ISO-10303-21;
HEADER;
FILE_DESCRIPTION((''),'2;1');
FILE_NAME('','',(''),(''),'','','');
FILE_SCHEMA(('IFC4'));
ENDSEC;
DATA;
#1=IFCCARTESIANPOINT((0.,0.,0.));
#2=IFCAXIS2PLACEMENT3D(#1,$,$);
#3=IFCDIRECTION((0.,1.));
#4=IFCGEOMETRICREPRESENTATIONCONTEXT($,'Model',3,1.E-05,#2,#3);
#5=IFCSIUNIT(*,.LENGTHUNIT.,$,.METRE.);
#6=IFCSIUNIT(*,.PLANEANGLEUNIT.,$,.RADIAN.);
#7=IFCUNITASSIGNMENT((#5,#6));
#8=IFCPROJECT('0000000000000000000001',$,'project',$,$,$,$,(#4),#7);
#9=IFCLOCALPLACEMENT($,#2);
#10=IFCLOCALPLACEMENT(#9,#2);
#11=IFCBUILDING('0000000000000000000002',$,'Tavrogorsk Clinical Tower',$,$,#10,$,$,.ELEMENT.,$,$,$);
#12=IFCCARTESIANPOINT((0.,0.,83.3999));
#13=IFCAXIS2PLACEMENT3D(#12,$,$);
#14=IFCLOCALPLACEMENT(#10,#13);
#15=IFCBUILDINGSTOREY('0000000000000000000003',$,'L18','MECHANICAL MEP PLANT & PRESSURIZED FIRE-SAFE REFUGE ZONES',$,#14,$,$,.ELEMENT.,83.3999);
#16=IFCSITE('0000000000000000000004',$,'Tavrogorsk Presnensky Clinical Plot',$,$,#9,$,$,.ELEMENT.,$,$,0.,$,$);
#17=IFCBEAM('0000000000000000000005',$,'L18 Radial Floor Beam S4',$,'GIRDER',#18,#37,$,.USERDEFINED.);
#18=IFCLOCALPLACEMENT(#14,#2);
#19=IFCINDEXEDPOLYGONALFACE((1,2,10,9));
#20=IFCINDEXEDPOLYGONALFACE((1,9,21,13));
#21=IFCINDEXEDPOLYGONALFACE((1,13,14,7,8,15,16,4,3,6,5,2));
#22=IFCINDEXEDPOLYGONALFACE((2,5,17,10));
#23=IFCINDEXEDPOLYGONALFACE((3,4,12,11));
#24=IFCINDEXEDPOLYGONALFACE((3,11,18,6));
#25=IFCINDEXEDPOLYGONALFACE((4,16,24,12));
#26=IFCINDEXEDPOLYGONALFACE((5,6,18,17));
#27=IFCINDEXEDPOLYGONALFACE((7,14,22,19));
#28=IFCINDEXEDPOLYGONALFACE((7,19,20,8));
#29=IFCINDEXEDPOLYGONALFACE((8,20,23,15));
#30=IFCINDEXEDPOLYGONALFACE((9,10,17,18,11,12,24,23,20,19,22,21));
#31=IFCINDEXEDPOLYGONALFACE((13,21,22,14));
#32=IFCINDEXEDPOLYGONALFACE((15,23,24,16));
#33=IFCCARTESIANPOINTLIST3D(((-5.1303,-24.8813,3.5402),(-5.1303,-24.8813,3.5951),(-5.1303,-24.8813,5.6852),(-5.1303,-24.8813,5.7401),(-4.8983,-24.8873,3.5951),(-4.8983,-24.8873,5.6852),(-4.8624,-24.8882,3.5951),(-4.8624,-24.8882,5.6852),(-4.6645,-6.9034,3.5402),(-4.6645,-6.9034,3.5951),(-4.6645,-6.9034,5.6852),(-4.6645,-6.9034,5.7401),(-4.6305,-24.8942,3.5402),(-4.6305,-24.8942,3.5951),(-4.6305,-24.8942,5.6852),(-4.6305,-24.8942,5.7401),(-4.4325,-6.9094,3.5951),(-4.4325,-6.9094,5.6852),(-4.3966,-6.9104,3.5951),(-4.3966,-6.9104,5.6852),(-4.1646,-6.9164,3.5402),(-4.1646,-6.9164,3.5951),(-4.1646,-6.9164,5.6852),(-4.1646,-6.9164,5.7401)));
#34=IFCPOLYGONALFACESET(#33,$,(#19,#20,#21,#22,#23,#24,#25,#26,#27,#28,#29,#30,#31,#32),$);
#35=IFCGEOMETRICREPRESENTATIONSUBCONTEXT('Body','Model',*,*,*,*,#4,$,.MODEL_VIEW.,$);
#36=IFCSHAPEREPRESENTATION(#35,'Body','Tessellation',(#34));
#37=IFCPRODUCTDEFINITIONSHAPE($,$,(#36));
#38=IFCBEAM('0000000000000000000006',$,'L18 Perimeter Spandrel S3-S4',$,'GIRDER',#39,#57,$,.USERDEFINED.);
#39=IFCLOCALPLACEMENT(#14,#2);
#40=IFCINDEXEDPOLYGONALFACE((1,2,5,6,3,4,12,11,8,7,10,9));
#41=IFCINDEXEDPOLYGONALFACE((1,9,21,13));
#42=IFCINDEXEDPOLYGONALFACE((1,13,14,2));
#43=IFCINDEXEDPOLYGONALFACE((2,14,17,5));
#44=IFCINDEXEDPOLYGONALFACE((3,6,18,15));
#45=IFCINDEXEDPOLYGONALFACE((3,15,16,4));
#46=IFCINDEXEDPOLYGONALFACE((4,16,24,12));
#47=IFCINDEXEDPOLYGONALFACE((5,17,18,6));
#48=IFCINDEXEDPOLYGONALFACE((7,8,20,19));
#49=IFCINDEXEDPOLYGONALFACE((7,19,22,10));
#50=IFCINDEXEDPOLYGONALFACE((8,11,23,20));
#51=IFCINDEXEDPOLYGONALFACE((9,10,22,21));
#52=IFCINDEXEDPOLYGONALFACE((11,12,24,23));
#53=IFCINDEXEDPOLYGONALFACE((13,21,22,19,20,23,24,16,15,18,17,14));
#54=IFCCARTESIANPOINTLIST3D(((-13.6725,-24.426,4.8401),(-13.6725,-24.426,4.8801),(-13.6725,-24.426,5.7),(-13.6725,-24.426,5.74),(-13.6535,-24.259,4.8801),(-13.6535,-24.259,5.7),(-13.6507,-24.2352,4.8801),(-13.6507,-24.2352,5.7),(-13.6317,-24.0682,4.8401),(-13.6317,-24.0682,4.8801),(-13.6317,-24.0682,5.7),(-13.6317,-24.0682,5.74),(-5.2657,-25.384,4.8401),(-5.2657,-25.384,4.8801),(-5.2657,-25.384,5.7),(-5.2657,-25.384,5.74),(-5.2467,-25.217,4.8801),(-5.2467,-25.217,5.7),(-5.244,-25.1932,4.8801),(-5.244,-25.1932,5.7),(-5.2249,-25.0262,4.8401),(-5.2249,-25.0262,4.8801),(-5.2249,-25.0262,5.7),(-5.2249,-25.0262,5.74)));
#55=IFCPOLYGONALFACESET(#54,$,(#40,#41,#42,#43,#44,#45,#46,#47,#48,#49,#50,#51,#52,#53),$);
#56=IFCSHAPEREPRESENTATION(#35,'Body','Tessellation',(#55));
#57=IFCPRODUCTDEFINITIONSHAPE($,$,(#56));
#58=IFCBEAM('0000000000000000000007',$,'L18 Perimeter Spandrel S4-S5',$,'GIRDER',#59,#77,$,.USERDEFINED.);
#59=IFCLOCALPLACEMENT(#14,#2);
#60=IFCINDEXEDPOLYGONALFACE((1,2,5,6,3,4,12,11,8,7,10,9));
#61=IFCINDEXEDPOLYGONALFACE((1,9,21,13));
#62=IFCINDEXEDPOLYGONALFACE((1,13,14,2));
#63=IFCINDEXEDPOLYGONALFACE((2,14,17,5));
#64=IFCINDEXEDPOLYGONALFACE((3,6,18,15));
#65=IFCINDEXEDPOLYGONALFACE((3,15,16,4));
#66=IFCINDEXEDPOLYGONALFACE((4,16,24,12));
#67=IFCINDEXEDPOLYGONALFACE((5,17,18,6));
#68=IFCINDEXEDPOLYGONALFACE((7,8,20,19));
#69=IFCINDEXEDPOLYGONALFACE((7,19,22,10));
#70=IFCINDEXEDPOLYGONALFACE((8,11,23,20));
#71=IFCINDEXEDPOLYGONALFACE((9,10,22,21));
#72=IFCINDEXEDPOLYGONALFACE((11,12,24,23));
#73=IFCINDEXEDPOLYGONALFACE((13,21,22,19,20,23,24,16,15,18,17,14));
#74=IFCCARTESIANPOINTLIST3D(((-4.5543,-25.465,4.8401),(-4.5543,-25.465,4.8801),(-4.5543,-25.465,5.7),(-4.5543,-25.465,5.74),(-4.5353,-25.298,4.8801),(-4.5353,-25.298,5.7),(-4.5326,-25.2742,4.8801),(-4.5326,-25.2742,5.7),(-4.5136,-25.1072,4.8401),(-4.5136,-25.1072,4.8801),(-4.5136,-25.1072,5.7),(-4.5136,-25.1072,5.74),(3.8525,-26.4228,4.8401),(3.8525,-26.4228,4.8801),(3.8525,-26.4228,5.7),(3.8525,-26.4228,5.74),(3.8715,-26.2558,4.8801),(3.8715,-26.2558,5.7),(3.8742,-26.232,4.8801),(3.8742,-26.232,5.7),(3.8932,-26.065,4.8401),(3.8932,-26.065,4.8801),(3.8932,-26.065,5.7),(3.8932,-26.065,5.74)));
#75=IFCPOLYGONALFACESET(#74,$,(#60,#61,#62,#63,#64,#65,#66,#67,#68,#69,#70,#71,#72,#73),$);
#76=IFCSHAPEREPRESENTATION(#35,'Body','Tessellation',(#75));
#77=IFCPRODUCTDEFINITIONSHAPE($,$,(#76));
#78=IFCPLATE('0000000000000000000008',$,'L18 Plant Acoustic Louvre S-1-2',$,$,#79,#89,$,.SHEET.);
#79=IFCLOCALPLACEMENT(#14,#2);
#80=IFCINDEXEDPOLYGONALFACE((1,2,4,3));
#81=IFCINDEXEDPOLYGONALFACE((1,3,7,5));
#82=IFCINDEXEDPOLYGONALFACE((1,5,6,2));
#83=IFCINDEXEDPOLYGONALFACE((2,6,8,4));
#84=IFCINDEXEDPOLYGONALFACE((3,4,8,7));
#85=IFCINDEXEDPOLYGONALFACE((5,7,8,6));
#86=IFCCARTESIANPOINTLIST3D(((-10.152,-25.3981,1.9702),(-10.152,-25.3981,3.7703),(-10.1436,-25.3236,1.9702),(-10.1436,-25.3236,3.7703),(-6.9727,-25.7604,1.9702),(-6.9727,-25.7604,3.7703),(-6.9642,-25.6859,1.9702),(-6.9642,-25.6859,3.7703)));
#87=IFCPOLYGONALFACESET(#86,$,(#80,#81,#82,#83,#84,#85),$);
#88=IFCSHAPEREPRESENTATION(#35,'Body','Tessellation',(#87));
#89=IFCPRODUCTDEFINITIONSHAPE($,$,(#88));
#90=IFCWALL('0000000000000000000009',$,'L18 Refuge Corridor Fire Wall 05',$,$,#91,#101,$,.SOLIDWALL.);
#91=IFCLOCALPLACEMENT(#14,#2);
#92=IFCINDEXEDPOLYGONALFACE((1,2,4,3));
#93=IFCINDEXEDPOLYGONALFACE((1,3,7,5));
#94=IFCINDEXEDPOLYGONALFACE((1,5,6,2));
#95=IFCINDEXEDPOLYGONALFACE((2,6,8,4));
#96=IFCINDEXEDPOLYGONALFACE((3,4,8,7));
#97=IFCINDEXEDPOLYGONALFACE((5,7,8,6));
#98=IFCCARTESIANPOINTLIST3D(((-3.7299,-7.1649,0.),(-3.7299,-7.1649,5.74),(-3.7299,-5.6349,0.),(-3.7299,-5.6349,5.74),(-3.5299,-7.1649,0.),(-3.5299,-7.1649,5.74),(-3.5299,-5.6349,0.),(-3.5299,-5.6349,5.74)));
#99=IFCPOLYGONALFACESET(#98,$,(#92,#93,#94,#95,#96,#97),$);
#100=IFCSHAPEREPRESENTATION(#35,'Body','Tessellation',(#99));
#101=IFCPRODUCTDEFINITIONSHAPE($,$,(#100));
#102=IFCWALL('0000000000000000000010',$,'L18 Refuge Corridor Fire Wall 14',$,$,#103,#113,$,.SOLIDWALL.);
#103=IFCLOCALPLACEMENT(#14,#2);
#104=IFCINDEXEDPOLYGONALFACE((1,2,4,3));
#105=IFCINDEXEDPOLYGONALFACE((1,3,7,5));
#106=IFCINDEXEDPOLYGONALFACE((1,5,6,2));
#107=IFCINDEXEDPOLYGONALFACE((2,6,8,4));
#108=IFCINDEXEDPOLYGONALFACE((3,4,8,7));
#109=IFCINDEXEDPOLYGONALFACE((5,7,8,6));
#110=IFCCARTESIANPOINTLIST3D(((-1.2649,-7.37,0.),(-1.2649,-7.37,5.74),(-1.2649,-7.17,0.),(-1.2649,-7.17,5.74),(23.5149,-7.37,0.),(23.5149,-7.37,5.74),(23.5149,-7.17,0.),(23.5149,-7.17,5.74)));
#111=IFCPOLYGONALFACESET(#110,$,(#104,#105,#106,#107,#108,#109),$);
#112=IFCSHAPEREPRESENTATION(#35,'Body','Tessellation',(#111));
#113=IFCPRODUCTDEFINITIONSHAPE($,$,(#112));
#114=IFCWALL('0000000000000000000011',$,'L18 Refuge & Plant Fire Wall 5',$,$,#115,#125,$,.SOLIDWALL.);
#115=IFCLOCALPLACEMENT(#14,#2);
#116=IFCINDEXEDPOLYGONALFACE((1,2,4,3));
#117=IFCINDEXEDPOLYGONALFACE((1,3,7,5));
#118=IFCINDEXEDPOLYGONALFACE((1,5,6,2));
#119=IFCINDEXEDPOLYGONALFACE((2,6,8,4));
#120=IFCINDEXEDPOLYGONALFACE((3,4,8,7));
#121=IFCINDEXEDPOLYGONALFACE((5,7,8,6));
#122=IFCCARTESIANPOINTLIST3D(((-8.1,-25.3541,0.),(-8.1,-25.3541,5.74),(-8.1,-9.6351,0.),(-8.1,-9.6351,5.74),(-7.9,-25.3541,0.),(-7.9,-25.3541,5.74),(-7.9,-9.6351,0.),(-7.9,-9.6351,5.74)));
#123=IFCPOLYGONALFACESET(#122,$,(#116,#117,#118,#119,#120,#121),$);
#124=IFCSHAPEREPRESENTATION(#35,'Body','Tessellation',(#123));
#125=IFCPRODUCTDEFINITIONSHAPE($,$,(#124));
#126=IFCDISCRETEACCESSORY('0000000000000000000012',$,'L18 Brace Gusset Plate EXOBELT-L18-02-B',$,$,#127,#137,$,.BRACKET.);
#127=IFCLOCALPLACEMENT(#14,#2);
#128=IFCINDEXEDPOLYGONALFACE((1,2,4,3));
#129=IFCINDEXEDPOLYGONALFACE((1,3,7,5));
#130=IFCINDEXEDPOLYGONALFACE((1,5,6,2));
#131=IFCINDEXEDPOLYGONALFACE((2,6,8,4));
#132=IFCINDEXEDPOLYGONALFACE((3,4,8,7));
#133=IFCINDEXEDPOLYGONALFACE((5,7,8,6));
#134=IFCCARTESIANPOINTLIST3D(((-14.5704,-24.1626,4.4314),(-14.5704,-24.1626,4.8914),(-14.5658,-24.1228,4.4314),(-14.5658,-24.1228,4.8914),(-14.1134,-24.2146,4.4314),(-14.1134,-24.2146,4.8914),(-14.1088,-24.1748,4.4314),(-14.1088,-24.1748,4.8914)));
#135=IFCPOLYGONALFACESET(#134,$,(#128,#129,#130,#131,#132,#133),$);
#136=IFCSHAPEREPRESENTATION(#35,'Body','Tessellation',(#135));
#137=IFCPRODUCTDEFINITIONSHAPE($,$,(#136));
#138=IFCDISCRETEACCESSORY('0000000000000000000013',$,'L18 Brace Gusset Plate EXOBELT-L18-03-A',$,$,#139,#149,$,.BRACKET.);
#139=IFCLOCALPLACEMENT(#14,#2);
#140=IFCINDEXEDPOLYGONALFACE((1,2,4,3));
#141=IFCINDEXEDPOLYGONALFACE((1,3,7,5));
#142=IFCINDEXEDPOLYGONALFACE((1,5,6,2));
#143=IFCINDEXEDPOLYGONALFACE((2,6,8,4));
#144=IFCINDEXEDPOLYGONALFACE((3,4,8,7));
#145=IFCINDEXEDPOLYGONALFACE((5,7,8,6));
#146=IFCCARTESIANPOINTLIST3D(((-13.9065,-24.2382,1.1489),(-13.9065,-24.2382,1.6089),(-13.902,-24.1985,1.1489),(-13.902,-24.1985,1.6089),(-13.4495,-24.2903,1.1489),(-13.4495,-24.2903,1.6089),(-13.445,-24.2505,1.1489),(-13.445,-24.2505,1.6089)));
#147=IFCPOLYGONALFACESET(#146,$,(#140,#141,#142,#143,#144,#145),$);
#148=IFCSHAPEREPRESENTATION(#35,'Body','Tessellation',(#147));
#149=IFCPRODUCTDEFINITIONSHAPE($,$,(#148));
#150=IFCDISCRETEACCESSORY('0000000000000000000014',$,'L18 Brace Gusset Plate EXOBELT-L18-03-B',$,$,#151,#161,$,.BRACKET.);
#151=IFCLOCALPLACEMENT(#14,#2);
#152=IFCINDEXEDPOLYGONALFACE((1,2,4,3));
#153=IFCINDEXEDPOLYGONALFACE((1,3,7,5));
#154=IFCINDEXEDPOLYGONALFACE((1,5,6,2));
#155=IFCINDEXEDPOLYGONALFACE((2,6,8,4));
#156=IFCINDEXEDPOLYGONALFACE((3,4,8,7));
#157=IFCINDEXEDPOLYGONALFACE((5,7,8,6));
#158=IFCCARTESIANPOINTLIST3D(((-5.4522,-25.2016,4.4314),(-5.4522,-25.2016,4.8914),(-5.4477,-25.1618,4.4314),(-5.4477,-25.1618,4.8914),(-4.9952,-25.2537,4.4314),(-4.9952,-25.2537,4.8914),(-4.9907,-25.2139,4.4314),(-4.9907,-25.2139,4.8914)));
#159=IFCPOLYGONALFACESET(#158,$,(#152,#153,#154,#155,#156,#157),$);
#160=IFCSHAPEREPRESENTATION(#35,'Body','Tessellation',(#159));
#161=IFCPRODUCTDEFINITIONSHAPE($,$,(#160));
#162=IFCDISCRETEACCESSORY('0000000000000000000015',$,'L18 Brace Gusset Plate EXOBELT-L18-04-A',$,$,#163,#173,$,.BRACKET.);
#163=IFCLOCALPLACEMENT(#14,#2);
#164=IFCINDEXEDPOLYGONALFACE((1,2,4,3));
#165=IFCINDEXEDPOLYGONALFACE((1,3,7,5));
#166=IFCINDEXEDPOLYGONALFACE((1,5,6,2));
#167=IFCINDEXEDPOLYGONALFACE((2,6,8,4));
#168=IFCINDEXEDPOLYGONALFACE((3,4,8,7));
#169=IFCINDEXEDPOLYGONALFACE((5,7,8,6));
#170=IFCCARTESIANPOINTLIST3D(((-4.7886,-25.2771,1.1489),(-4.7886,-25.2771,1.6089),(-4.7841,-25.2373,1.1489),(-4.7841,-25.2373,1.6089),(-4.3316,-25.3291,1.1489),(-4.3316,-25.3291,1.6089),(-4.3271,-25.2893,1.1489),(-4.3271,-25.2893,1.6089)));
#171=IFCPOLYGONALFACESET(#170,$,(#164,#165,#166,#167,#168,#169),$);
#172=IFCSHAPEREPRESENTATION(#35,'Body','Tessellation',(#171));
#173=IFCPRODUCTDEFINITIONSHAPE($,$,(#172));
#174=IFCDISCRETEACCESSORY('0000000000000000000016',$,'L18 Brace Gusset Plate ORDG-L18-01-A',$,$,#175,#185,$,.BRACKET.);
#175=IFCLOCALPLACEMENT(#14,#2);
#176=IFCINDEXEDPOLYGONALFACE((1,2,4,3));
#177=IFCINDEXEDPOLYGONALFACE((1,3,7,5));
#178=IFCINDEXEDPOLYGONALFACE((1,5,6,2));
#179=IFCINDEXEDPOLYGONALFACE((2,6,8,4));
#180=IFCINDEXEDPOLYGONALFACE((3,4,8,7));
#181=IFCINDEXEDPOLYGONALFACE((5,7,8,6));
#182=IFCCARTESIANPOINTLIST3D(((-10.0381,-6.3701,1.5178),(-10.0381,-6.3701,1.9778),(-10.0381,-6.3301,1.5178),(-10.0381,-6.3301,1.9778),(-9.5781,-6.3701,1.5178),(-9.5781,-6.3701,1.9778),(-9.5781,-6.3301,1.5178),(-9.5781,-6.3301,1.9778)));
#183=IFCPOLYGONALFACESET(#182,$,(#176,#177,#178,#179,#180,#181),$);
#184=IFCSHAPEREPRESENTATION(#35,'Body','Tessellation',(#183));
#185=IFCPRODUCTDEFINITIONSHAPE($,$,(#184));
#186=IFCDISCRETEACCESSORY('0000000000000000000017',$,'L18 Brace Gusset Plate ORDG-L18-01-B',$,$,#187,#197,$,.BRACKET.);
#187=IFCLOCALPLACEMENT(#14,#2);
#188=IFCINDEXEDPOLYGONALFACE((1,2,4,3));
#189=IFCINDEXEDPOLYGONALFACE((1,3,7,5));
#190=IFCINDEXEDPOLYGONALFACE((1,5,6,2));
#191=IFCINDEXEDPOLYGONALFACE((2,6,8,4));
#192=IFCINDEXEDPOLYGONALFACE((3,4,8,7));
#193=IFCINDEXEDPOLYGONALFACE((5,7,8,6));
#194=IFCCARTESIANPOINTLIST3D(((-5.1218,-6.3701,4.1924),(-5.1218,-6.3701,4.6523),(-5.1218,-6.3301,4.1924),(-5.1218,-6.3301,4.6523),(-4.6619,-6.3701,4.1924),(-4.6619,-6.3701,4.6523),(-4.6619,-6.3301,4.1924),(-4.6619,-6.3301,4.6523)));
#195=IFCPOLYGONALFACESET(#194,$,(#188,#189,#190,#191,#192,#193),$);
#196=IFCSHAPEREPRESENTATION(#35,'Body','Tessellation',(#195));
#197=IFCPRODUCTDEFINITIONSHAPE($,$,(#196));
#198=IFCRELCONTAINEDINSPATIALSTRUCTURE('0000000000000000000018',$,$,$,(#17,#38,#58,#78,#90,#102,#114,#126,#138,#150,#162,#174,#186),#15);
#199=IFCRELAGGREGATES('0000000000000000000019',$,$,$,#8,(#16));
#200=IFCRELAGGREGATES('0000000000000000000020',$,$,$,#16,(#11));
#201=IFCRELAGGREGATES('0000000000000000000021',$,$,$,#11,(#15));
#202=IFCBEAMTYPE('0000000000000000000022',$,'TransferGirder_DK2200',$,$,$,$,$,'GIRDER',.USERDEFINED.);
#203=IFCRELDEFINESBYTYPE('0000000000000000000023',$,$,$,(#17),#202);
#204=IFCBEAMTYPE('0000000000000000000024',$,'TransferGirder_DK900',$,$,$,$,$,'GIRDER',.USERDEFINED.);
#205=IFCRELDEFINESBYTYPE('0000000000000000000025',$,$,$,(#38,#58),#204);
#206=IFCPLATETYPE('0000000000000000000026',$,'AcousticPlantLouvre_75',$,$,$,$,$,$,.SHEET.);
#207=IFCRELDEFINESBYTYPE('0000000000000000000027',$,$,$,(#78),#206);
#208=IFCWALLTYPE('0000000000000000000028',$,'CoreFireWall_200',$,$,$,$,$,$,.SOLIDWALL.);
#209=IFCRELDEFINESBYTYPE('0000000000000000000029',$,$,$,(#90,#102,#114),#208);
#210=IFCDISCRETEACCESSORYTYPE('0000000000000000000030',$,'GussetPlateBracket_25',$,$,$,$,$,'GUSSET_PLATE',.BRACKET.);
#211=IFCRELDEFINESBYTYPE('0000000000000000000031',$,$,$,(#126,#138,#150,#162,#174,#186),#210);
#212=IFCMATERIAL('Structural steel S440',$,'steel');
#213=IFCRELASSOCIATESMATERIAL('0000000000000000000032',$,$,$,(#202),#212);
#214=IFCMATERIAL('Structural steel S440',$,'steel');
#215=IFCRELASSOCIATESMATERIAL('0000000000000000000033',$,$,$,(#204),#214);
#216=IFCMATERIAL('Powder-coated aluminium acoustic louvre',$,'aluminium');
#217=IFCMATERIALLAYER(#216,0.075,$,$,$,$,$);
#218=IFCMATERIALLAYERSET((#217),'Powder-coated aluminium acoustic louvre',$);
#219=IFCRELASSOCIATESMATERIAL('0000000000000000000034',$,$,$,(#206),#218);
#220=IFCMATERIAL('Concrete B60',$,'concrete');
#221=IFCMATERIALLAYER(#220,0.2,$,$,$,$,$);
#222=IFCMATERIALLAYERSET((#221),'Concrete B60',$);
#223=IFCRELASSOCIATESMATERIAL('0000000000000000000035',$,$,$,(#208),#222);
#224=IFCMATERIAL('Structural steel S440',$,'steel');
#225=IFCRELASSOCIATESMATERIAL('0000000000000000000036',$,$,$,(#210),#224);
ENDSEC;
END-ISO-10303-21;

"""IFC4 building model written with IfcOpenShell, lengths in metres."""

from ifc_helpers import new_model, si_unit, direction, frame, frame_2d, origin, origin_2d, place, context, subcontext, project, spatial, rectangle, i_section, extrude, material, layer, layer_set, material_profile, profile_set, type_object, element, save


model = new_model("IFC4")

# Units and contexts
model_context = context("Model", 3, precision=1e-05, world=origin(), true_north=direction((0.0, 1.0)))
body_context = subcontext(model_context, "Body", "Model", "MODEL_VIEW")
ifc_project = project(units=[si_unit("LENGTHUNIT", "METRE"), si_unit("PLANEANGLEUNIT", "RADIAN")], contexts=[model_context])

# Site, building, storey
site_placement = place(None, origin())
site = spatial("IfcSite", under=ifc_project, at=site_placement, Name="Tavrogorsk Presnensky Clinical Plot", CompositionType="ELEMENT", RefElevation=0.0)
building_placement = place(site_placement, origin())
building = spatial("IfcBuilding", under=site, at=building_placement, Name="Tavrogorsk Clinical Tower", CompositionType="ELEMENT")
storey_placement = place(building_placement, frame((0.0, 0.0, 83.3999)))
storey = spatial("IfcBuildingStorey", under=building, at=storey_placement, Name="L18", Description="MECHANICAL MEP PLANT & PRESSURIZED FIRE-SAFE REFUGE ZONES", CompositionType="ELEMENT", Elevation=83.3999)

# Beams
ifc_material_1 = material(Name="Structural steel S440", Category="steel")
ifc_material_profile_1 = material_profile(ifc_material_1, i_section(OverallWidth=0.5, OverallDepth=2.2, WebThickness=0.0359, FlangeThickness=0.0549, at=origin_2d()), Name="DK-2200x500x36x55")
ifc_profile_set_1 = profile_set([ifc_material_profile_1], Name="Structural steel S440")
beam_type_1 = type_object("IfcBeamType", Name="TransferGirder_DK2200", ElementType="GIRDER", PredefinedType="USERDEFINED", material=ifc_profile_set_1)
beam_1_placement = place(storey_placement, frame((-4.4146, -6.9099, 4.6401), z_axis=(-0.025902, -0.999664, 0.0), x_axis=(0.999664, -0.025902, 0.0)))
element("IfcBeam", 1, at=beam_1_placement, inside=storey, type_object=beam_type_1, Name="L18 Radial Floor Beam S4", ObjectType="GIRDER", PredefinedType="USERDEFINED", context=body_context, shape_type="SweptSolid", body=[
    extrude(i_section(OverallWidth=0.5, OverallDepth=2.2, WebThickness=0.0359, FlangeThickness=0.0549, at=origin_2d()), origin(), (0.0, 0.0, 1.0), 17.9839),
])
ifc_material_2 = material(Name="Structural steel S440", Category="steel")
ifc_material_profile_2 = material_profile(ifc_material_2, i_section(OverallWidth=0.3601, OverallDepth=0.8999, WebThickness=0.0239, FlangeThickness=0.04, at=origin_2d()), Name="DK-900x360x24x40")
ifc_profile_set_2 = profile_set([ifc_material_profile_2], Name="Structural steel S440")
beam_type_2 = type_object("IfcBeamType", Name="TransferGirder_DK900", ElementType="GIRDER", PredefinedType="USERDEFINED", material=ifc_profile_set_2)
for number, where, z_axis, x_axis, name in (
    (2, (-13.6521, -24.2471, 5.29), (0.993569, -0.113224, 0.0), (0.113224, 0.993569, 0.0), "L18 Perimeter Spandrel S3-S4"),
    (3, (-4.5339, -25.2861, 5.29), (0.993573, -0.113196, 0.0), (0.113196, 0.993573, 0.0), "L18 Perimeter Spandrel S4-S5"),
):
    element("IfcBeam", number, at=place(storey_placement, frame(where, z_axis=z_axis, x_axis=x_axis)), inside=storey, type_object=beam_type_2, Name=name, ObjectType="GIRDER", PredefinedType="USERDEFINED", context=body_context, shape_type="SweptSolid", body=[
        extrude(i_section(OverallWidth=0.3601, OverallDepth=0.8999, WebThickness=0.0239, FlangeThickness=0.04, at=origin_2d()), origin(), (0.0, 0.0, 1.0), 8.4612),
    ])

# Plate
ifc_material_3 = material(Name="Powder-coated aluminium acoustic louvre", Category="aluminium")
ifc_layer_1 = layer(ifc_material_3, 0.075)
ifc_layer_set_1 = layer_set([ifc_layer_1], Name="Powder-coated aluminium acoustic louvre")
plate_type = type_object("IfcPlateType", Name="AcousticPlantLouvre_75", PredefinedType="SHEET", material=ifc_layer_set_1)
plate_placement = place(storey_placement, frame((-8.5581, -25.542, 1.9702), z_axis=(0.0, 0.0, 1.0), x_axis=(0.993572, -0.113204, 0.0)))
element("IfcPlate", 4, at=plate_placement, inside=storey, type_object=plate_type, Name="L18 Plant Acoustic Louvre S-1-2", PredefinedType="SHEET", context=body_context, shape_type="SweptSolid", body=[
    extrude(rectangle(XDim=3.2, YDim=0.075, at=origin_2d()), origin(), (0.0, 0.0, 1.0), 1.8),
])

# Walls
ifc_material_4 = material(Name="Concrete B60", Category="concrete")
ifc_layer_2 = layer(ifc_material_4, 0.2)
ifc_layer_set_2 = layer_set([ifc_layer_2], Name="Concrete B60")
wall_type = type_object("IfcWallType", Name="CoreFireWall_200", PredefinedType="SOLIDWALL", material=ifc_layer_set_2)
wall_1_placement = place(storey_placement, frame((-3.6299, -7.165, 0.0), z_axis=(0.0, 0.0, 1.0), x_axis=(0.0, 1.0, 0.0)))
element("IfcWall", 5, at=wall_1_placement, inside=storey, type_object=wall_type, Name="L18 Refuge Corridor Fire Wall 05", PredefinedType="SOLIDWALL", context=body_context, shape_type="SweptSolid", body=[
    extrude(rectangle(XDim=1.53, YDim=0.2, at=frame_2d((0.7651, 0.0))), origin(), (0.0, 0.0, 1.0), 5.74),
])
wall_2_placement = place(storey_placement, frame((-1.2649, -7.27, 0.0), z_axis=(0.0, 0.0, 1.0), x_axis=(1.0, 0.0, 0.0)))
element("IfcWall", 6, at=wall_2_placement, inside=storey, type_object=wall_type, Name="L18 Refuge Corridor Fire Wall 14", PredefinedType="SOLIDWALL", context=body_context, shape_type="SweptSolid", body=[
    extrude(rectangle(XDim=24.7798, YDim=0.2, at=frame_2d((12.3899, 0.0))), origin(), (0.0, 0.0, 1.0), 5.74),
])
wall_3_placement = place(storey_placement, frame((-8.0, -25.354, 0.0), z_axis=(0.0, 0.0, 1.0), x_axis=(0.0, 1.0, 0.0)))
element("IfcWall", 7, at=wall_3_placement, inside=storey, type_object=wall_type, Name="L18 Refuge & Plant Fire Wall 5", PredefinedType="SOLIDWALL", context=body_context, shape_type="SweptSolid", body=[
    extrude(rectangle(XDim=15.719, YDim=0.2, at=frame_2d((7.8594, 0.0))), origin(), (0.0, 0.0, 1.0), 5.74),
])

# Discrete accessories
ifc_material_5 = material(Name="Structural steel S440", Category="steel")
discrete_accessory_type_1 = type_object("IfcDiscreteAccessoryType", Name="GussetPlateBracket_25", ElementType="GUSSET_PLATE", PredefinedType="BRACKET", material=ifc_material_5)
for number, where, z_axis, x_axis, name in (
    (8, (-14.3396, -24.1687, 4.4314), (0.0, 0.0, 1.0), (0.993572, -0.113203, 0.0), "L18 Brace Gusset Plate EXOBELT-L18-02-B"),
    (9, (-13.6758, -24.2444, 1.1489), (0.0, 0.0, 1.0), (0.993572, -0.113203, 0.0), "L18 Brace Gusset Plate EXOBELT-L18-03-A"),
    (10, (-5.2214, -25.2078, 4.4314), (0.0, 0.0, 1.0), (0.993572, -0.113203, 0.0), "L18 Brace Gusset Plate EXOBELT-L18-03-B"),
    (11, (-4.5579, -25.2832, 1.1489), (0.0, 0.0, 1.0), (0.993572, -0.113203, 0.0), "L18 Brace Gusset Plate EXOBELT-L18-04-A"),
    (12, (-9.8081, -6.3501, 1.5178), (0.0, 0.0, 1.0), (1.0, 0.0, 0.0), "L18 Brace Gusset Plate ORDG-L18-01-A"),
    (13, (-4.8918, -6.3501, 4.1924), (0.0, 0.0, 1.0), (1.0, 0.0, 0.0), "L18 Brace Gusset Plate ORDG-L18-01-B"),
):
    element("IfcDiscreteAccessory", number, at=place(storey_placement, frame(where, z_axis=z_axis, x_axis=x_axis)), inside=storey, type_object=discrete_accessory_type_1, Name=name, PredefinedType="BRACKET", context=body_context, shape_type="SweptSolid", body=[
        extrude(rectangle(XDim=0.46, YDim=0.04, at=origin_2d()), origin(), (0.0, 0.0, 1.0), 0.46),
    ])

save(model, "model.ifc")
